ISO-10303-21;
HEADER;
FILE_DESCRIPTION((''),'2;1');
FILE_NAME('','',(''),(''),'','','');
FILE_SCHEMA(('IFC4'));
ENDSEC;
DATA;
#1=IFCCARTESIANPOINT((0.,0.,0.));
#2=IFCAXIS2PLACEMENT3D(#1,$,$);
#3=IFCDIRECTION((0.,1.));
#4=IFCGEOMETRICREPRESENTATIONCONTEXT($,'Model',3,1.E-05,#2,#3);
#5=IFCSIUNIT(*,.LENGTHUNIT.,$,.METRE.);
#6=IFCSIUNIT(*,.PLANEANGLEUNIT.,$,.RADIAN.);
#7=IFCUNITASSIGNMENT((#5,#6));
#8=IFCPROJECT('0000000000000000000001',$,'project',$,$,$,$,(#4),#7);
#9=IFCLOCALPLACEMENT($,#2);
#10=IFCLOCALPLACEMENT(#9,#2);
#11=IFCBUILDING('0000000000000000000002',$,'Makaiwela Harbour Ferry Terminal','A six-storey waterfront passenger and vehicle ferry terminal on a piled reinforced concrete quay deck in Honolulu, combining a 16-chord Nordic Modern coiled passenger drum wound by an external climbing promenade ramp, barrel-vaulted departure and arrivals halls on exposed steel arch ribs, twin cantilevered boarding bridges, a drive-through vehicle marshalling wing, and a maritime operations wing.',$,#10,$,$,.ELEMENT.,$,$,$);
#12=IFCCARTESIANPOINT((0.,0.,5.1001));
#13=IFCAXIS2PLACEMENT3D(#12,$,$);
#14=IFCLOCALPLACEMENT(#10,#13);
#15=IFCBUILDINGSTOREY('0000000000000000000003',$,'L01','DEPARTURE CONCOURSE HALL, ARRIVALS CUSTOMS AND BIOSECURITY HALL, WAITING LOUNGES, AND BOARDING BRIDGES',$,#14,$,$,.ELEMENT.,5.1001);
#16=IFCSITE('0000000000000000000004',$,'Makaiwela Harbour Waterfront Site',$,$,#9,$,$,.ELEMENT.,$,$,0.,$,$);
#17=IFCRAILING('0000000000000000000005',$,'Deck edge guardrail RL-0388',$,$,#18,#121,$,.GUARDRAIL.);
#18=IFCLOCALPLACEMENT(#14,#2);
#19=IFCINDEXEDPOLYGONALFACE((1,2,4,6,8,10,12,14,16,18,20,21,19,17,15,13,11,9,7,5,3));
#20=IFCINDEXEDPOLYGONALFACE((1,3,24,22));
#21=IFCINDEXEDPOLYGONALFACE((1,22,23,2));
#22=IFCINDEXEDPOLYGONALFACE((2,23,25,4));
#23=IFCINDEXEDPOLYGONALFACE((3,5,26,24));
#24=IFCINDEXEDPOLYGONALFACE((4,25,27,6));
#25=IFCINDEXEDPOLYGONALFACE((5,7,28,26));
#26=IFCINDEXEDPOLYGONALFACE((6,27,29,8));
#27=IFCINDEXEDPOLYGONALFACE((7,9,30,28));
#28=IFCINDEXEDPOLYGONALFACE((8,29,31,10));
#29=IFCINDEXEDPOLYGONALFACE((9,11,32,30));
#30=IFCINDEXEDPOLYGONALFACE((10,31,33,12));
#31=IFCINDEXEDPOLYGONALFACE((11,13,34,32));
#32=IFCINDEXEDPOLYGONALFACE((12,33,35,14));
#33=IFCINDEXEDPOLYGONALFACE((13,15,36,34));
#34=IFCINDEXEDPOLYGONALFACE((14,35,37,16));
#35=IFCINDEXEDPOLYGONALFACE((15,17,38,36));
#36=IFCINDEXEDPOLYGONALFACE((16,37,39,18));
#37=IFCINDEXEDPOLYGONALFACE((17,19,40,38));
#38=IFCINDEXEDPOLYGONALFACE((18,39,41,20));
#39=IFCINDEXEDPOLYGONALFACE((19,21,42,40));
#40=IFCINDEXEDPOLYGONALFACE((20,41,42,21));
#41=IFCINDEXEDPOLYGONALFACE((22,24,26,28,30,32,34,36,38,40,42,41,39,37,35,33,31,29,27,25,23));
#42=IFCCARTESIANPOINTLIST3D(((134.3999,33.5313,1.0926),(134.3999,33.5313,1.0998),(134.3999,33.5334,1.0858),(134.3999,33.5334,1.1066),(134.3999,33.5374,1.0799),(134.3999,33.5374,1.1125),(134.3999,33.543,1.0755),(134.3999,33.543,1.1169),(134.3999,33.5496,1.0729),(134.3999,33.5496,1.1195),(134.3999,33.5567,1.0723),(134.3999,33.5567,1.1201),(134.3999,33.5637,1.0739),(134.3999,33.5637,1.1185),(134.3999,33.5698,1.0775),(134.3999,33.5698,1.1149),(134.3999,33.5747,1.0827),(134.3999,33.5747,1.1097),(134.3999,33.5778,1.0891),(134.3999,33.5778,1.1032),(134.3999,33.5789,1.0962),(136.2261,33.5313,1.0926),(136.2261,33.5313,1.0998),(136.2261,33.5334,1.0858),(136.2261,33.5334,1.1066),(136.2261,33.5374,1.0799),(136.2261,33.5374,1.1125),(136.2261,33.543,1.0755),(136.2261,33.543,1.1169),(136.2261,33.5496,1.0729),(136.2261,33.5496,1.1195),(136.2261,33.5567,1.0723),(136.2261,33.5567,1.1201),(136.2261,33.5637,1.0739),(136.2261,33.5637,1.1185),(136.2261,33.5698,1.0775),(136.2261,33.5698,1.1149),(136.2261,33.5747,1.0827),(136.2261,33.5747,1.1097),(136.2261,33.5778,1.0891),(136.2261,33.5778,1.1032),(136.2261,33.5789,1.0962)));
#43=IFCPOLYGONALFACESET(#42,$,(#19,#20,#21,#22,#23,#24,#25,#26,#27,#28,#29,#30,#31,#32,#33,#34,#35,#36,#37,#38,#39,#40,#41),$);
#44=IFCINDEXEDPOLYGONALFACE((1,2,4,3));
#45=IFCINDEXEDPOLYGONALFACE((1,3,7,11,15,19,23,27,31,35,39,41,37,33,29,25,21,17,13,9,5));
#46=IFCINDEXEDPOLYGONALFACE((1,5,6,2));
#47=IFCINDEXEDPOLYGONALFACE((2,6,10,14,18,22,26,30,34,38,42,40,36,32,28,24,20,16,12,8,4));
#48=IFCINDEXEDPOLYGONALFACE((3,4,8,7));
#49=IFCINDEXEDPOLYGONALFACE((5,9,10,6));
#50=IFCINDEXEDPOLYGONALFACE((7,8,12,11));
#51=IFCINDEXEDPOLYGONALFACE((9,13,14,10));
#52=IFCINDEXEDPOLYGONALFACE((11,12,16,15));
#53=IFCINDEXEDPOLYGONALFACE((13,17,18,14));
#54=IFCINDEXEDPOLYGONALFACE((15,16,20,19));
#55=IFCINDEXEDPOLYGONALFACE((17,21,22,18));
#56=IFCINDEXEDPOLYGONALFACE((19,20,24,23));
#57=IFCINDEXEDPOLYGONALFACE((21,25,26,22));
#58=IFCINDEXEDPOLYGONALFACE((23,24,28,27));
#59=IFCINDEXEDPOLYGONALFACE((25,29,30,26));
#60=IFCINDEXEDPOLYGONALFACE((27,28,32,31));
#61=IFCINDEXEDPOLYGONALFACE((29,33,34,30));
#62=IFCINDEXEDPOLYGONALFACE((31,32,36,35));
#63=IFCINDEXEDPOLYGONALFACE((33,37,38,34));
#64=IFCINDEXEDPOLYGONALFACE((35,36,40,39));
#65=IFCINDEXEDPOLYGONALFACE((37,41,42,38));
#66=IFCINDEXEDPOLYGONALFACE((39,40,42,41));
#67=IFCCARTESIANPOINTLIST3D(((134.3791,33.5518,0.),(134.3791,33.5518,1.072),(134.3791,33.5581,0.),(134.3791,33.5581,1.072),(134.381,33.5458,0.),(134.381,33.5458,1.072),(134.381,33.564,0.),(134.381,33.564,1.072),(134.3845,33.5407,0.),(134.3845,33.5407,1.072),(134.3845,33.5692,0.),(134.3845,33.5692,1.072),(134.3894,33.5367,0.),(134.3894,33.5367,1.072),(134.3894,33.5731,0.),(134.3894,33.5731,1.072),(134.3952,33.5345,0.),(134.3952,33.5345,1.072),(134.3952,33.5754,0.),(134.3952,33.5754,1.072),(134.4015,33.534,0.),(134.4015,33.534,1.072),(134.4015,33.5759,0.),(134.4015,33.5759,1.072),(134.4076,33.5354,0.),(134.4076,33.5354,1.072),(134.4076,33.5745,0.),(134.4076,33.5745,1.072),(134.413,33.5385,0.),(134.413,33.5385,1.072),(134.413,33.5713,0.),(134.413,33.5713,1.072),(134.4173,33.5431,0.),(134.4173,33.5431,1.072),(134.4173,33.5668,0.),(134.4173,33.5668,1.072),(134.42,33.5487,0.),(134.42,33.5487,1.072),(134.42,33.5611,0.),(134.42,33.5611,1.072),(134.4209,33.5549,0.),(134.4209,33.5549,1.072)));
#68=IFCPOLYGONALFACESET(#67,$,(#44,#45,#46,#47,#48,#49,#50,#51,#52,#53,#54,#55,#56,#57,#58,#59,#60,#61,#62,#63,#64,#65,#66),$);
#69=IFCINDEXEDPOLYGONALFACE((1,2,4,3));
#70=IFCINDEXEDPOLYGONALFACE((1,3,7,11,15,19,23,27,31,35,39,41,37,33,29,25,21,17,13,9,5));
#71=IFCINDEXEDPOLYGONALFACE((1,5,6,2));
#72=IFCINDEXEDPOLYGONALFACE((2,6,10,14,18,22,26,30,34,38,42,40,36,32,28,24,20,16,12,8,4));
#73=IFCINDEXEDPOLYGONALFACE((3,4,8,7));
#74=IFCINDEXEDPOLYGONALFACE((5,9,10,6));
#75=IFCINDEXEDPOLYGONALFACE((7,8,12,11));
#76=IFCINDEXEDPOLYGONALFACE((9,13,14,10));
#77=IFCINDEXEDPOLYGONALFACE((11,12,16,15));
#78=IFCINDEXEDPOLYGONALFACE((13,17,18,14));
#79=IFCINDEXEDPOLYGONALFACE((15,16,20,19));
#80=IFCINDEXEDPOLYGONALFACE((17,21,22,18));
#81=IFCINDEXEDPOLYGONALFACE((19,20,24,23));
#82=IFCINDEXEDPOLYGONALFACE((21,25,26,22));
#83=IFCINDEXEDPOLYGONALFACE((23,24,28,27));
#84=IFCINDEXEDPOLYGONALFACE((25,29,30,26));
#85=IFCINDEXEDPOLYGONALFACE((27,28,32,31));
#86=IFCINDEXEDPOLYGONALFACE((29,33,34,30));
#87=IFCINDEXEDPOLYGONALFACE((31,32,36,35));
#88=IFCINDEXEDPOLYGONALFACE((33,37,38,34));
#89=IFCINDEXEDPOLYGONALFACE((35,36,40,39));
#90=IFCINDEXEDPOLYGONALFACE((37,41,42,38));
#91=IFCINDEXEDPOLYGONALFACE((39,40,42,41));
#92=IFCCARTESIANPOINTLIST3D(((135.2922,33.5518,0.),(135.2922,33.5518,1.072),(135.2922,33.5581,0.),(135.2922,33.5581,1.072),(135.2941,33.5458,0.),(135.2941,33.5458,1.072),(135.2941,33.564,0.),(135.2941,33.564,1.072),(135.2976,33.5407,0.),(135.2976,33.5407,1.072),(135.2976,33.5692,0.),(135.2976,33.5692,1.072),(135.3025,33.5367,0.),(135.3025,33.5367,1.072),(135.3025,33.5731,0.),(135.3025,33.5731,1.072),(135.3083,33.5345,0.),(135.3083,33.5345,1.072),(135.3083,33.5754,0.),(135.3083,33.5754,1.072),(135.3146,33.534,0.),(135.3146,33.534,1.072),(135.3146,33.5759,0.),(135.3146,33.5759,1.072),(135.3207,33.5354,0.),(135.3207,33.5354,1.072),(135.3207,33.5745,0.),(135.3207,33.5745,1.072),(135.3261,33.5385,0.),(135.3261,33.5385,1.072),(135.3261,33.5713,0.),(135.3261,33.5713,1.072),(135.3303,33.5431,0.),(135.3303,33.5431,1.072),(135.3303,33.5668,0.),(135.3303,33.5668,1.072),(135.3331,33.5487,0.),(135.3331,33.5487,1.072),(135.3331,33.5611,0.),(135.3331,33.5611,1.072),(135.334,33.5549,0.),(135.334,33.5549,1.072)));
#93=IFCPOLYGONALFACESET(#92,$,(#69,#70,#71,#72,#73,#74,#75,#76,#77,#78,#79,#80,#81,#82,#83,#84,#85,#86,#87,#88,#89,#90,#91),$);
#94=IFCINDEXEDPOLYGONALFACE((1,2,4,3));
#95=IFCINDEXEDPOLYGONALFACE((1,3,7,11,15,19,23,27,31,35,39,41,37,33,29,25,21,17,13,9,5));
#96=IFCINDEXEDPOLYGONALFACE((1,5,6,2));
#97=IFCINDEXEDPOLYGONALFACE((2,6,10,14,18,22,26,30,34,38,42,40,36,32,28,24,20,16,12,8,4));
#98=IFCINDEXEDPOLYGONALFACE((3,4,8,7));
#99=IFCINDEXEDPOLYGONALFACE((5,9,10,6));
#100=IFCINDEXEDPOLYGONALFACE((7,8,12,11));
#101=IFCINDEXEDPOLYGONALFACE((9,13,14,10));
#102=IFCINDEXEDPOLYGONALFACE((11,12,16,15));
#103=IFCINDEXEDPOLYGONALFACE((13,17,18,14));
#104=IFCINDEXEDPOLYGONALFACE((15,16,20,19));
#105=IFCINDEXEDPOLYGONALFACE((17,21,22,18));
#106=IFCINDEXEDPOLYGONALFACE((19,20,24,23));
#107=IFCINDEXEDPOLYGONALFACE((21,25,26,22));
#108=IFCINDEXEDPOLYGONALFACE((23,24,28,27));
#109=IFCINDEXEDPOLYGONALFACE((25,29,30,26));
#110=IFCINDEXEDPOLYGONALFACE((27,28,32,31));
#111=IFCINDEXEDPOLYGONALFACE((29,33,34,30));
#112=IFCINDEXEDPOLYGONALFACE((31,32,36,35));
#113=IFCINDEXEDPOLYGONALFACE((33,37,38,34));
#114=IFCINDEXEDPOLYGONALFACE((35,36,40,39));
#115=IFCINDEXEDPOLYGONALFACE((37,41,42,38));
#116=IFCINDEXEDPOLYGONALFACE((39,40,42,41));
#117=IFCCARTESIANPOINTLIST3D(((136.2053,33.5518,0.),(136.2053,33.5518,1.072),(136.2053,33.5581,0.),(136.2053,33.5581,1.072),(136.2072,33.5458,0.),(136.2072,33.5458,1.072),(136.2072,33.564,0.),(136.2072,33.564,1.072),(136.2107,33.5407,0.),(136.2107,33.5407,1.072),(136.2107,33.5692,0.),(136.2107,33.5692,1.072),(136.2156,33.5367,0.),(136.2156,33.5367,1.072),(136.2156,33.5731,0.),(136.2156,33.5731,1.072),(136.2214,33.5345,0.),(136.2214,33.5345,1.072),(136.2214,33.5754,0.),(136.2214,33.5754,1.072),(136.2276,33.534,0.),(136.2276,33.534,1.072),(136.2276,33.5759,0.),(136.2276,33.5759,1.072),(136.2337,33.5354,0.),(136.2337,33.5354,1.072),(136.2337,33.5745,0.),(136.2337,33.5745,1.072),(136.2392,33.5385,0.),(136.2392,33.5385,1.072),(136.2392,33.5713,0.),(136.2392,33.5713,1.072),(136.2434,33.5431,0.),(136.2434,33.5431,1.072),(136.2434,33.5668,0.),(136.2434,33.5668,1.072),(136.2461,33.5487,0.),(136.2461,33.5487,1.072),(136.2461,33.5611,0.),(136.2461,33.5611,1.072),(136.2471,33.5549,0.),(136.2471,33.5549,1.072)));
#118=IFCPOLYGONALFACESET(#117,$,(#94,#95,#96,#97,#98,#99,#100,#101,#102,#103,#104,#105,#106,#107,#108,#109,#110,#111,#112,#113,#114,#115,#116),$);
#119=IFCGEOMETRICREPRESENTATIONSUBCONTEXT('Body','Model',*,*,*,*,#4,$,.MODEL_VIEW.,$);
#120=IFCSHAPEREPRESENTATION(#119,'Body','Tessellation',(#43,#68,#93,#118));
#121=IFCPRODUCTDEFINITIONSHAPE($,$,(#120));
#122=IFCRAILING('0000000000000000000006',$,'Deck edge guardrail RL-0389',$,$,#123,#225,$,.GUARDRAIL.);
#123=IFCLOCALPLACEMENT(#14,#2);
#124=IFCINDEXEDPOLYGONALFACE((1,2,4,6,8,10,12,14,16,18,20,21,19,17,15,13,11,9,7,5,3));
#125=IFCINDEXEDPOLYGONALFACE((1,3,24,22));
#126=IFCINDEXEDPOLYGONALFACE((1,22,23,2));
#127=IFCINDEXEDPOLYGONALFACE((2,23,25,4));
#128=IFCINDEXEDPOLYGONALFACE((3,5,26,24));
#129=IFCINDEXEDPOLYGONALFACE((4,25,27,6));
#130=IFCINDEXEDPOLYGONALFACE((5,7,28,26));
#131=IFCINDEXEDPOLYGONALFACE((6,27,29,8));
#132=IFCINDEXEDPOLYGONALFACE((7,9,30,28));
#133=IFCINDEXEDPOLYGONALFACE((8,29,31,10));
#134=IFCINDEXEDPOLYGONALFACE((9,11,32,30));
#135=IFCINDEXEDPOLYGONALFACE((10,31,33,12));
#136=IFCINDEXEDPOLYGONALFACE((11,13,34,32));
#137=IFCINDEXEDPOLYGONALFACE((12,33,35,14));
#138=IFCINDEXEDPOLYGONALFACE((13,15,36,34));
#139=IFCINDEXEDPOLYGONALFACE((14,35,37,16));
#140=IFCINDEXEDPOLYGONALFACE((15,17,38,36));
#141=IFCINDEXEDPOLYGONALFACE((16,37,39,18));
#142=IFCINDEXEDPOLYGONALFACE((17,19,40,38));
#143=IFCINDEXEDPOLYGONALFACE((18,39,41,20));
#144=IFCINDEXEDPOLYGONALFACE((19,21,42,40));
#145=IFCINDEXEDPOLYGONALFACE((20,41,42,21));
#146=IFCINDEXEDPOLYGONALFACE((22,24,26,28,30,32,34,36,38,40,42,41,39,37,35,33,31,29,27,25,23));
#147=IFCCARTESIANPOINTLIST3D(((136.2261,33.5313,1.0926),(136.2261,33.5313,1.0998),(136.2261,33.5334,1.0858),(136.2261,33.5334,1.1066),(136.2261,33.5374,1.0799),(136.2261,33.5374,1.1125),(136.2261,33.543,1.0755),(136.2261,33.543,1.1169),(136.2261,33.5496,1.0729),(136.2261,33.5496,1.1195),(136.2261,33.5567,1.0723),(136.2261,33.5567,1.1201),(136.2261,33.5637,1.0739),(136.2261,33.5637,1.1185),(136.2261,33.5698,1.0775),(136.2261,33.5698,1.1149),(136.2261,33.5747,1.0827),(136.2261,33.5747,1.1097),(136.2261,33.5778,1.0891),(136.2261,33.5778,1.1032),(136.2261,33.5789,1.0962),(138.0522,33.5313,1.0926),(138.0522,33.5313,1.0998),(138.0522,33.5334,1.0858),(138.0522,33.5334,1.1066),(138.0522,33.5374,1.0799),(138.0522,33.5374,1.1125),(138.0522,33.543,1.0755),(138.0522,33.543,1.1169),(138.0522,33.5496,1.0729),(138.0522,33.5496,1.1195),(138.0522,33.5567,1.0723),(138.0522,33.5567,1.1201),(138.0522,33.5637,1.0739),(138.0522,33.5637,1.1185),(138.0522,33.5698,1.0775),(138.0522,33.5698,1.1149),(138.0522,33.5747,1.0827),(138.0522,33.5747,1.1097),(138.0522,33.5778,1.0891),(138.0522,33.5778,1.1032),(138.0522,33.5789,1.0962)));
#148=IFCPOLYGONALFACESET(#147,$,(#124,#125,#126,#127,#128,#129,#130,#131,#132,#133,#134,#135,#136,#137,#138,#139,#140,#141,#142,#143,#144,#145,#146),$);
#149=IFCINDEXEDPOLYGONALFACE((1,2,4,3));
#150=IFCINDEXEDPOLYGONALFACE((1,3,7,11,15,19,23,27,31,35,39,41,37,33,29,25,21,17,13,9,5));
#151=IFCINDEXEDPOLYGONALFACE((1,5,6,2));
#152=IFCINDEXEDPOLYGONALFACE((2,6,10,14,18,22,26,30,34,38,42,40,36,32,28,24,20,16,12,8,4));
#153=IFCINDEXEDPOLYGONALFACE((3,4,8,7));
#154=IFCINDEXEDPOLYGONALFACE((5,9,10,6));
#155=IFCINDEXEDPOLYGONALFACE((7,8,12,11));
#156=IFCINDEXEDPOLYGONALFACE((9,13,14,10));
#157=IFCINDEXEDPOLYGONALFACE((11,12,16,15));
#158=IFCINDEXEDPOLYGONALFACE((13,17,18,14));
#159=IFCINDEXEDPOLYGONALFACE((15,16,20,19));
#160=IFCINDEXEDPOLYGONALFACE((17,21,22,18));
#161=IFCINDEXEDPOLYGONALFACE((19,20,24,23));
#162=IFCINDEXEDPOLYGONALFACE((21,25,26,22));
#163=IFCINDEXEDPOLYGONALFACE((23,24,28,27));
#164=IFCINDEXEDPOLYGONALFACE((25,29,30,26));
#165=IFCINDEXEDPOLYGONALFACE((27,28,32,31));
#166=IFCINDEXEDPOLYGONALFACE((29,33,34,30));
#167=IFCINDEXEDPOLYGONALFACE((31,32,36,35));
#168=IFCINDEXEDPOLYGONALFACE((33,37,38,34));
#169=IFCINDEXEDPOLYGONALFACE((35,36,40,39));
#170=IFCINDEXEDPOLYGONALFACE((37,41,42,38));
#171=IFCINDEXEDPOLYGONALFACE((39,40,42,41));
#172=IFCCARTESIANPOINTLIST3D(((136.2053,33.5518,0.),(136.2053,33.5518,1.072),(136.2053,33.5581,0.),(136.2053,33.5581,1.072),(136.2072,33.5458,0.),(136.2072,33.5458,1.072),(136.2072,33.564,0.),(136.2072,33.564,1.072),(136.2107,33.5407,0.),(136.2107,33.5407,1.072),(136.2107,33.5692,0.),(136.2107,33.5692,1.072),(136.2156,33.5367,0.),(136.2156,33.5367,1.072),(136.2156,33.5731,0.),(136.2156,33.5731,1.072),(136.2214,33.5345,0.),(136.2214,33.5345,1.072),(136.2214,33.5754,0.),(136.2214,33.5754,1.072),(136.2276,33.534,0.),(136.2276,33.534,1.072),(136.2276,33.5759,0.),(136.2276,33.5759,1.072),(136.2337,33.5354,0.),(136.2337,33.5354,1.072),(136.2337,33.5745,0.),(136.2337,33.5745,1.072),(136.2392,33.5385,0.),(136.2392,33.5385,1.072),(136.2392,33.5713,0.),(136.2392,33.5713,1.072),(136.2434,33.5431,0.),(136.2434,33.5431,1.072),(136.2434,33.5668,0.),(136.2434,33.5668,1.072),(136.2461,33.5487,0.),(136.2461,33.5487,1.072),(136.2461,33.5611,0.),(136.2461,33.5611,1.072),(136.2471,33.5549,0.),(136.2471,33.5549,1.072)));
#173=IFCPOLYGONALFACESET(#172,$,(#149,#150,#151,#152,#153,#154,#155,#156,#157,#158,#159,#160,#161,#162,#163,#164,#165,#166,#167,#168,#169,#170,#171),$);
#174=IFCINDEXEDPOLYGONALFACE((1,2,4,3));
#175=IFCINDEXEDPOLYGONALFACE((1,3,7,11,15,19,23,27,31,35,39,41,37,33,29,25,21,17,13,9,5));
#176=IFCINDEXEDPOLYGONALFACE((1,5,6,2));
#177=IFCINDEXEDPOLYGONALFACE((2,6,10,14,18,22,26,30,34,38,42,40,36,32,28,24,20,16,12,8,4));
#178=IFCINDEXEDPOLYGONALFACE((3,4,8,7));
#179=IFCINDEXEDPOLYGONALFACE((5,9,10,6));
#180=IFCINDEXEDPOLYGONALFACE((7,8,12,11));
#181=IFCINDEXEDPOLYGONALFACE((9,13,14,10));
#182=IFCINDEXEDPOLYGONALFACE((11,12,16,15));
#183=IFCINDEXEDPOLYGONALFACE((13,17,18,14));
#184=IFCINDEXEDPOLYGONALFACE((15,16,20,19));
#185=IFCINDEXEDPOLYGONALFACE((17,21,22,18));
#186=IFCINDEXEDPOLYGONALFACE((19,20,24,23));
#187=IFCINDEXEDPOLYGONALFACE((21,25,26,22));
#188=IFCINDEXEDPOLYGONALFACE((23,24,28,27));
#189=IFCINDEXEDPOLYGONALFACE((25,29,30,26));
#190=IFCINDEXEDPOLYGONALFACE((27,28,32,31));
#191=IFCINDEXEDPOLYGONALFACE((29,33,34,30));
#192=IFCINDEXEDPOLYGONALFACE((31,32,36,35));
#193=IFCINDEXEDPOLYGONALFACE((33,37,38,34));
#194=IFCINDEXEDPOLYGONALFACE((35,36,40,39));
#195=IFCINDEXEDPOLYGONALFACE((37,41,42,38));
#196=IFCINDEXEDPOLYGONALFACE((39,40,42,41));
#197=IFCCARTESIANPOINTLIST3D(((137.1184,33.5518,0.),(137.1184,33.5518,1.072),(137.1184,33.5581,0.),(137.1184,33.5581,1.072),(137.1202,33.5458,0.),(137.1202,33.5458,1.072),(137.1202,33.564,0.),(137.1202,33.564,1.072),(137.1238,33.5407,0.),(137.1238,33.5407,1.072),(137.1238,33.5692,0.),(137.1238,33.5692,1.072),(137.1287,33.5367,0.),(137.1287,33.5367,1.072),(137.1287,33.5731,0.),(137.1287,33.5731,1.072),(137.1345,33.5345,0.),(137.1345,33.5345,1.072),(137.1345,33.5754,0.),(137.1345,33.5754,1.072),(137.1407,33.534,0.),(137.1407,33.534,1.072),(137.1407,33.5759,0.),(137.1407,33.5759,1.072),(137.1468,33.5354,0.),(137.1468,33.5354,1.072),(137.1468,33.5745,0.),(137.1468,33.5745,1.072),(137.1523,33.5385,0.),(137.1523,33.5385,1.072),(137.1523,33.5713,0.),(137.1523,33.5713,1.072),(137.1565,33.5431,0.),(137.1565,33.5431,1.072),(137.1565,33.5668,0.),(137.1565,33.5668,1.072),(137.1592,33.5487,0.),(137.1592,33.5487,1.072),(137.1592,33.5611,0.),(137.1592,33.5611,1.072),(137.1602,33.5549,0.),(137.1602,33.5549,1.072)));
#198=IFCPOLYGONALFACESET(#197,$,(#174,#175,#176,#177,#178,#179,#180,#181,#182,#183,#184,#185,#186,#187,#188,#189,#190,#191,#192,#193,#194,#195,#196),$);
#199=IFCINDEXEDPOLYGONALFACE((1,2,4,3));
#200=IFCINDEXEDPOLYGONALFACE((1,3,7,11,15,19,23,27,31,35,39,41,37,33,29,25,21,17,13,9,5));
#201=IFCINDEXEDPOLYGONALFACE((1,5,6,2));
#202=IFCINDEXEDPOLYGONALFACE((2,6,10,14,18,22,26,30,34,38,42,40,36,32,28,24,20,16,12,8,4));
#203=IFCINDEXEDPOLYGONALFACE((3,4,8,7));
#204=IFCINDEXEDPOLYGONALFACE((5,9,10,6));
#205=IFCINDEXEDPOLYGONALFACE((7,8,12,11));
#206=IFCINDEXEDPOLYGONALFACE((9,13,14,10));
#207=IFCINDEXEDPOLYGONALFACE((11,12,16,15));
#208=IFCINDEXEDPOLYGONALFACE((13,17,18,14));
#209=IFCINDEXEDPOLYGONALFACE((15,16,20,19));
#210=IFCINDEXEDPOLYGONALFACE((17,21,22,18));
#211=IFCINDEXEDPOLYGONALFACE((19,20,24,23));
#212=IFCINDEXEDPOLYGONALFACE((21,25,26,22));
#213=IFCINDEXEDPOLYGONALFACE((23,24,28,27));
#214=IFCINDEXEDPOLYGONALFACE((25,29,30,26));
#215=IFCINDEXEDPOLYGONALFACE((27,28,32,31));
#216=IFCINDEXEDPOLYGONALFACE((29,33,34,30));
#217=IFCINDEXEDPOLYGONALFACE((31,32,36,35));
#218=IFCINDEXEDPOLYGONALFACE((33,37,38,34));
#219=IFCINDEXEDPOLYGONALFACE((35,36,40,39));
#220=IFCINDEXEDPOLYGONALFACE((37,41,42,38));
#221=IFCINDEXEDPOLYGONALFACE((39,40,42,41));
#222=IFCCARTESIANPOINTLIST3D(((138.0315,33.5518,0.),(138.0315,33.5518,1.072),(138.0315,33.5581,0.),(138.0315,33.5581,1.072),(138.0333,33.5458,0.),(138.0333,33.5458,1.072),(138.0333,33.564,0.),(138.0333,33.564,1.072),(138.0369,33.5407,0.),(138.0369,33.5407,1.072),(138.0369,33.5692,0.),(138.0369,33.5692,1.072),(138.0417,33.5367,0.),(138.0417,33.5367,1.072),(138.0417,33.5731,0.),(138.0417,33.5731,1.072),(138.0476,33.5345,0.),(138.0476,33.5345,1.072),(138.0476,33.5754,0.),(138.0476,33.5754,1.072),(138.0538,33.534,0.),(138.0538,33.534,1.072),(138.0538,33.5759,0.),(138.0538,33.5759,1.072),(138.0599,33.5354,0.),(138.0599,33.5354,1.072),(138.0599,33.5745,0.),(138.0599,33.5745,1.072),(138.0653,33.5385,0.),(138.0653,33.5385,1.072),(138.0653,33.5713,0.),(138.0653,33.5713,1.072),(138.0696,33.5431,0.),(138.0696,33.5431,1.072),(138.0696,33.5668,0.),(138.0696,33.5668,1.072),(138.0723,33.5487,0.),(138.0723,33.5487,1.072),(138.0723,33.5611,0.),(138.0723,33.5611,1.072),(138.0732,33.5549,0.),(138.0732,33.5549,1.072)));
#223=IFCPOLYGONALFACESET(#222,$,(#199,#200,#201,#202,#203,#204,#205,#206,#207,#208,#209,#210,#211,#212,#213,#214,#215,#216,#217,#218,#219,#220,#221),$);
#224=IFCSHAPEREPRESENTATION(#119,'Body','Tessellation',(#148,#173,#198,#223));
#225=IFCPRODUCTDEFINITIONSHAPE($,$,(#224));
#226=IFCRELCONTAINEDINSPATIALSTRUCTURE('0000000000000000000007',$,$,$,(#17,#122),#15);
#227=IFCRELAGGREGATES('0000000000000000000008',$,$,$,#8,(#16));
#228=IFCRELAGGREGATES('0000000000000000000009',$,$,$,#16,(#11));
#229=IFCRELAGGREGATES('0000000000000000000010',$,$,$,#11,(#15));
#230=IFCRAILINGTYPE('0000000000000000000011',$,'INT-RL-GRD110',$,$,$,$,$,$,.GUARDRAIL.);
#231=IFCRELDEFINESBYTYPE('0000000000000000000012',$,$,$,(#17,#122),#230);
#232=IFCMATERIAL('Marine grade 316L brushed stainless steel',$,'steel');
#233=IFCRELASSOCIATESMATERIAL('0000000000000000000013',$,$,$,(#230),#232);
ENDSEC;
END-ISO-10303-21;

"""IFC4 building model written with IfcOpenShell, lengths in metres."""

from ifc_helpers import new_model, si_unit, direction, frame, origin, origin_2d, place, context, subcontext, project, spatial, circle, extrude, material, type_object, element, save


model = new_model("IFC4")

# Units and contexts
model_context = context("Model", 3, precision=1e-05, world=origin(), true_north=direction((0.0, 1.0)))
body_context = subcontext(model_context, "Body", "Model", "MODEL_VIEW")
ifc_project = project(units=[si_unit("LENGTHUNIT", "METRE"), si_unit("PLANEANGLEUNIT", "RADIAN")], contexts=[model_context])

# Site, building, storey
site_placement = place(None, origin())
site = spatial("IfcSite", under=ifc_project, at=site_placement, Name="Makaiwela Harbour Waterfront Site", CompositionType="ELEMENT", RefElevation=0.0)
building_placement = place(site_placement, origin())
building = spatial("IfcBuilding", under=site, at=building_placement, Name="Makaiwela Harbour Ferry Terminal", Description="A six-storey waterfront passenger and vehicle ferry terminal on a piled reinforced concrete quay deck in Honolulu, combining a 16-chord Nordic Modern coiled passenger drum wound by an external climbing promenade ramp, barrel-vaulted departure and arrivals halls on exposed steel arch ribs, twin cantilevered boarding bridges, a drive-through vehicle marshalling wing, and a maritime operations wing.", CompositionType="ELEMENT")
storey_placement = place(building_placement, frame((0.0, 0.0, 5.1001)))
storey = spatial("IfcBuildingStorey", under=building, at=storey_placement, Name="L01", Description="DEPARTURE CONCOURSE HALL, ARRIVALS CUSTOMS AND BIOSECURITY HALL, WAITING LOUNGES, AND BOARDING BRIDGES", CompositionType="ELEMENT", Elevation=5.1001)

# Railings
ifc_material_1 = material(Name="Marine grade 316L brushed stainless steel", Category="steel")
railing_type = type_object("IfcRailingType", Name="INT-RL-GRD110", PredefinedType="GUARDRAIL", material=ifc_material_1)
for number, where, name in (
    (1, (134.3999, 33.5549, 0.0), "Deck edge guardrail RL-0388"),
    (2, (136.2261, 33.5549, 0.0), "Deck edge guardrail RL-0389"),
):
    element("IfcRailing", number, at=place(storey_placement, frame(where)), inside=storey, type_object=railing_type, Name=name, PredefinedType="GUARDRAIL", context=body_context, shape_type="SweptSolid", body=[
        extrude(circle(Radius=0.0239, at=origin_2d()), frame((0.0, 0.0, 1.0962), z_axis=(1.0, 0.0, 0.0), x_axis=(0.0, 1.0, 0.0)), (0.0, 0.0, 1.0), 1.8262),
        extrude(circle(Radius=0.021, at=origin_2d()), origin(), (0.0, 0.0, 1.0), 1.072),
        extrude(circle(Radius=0.021, at=origin_2d()), frame((0.9131, 0.0, 0.0)), (0.0, 0.0, 1.0), 1.072),
        extrude(circle(Radius=0.021, at=origin_2d()), frame((1.8262, 0.0, 0.0)), (0.0, 0.0, 1.0), 1.072),
    ])

save(model, "model.ifc")
